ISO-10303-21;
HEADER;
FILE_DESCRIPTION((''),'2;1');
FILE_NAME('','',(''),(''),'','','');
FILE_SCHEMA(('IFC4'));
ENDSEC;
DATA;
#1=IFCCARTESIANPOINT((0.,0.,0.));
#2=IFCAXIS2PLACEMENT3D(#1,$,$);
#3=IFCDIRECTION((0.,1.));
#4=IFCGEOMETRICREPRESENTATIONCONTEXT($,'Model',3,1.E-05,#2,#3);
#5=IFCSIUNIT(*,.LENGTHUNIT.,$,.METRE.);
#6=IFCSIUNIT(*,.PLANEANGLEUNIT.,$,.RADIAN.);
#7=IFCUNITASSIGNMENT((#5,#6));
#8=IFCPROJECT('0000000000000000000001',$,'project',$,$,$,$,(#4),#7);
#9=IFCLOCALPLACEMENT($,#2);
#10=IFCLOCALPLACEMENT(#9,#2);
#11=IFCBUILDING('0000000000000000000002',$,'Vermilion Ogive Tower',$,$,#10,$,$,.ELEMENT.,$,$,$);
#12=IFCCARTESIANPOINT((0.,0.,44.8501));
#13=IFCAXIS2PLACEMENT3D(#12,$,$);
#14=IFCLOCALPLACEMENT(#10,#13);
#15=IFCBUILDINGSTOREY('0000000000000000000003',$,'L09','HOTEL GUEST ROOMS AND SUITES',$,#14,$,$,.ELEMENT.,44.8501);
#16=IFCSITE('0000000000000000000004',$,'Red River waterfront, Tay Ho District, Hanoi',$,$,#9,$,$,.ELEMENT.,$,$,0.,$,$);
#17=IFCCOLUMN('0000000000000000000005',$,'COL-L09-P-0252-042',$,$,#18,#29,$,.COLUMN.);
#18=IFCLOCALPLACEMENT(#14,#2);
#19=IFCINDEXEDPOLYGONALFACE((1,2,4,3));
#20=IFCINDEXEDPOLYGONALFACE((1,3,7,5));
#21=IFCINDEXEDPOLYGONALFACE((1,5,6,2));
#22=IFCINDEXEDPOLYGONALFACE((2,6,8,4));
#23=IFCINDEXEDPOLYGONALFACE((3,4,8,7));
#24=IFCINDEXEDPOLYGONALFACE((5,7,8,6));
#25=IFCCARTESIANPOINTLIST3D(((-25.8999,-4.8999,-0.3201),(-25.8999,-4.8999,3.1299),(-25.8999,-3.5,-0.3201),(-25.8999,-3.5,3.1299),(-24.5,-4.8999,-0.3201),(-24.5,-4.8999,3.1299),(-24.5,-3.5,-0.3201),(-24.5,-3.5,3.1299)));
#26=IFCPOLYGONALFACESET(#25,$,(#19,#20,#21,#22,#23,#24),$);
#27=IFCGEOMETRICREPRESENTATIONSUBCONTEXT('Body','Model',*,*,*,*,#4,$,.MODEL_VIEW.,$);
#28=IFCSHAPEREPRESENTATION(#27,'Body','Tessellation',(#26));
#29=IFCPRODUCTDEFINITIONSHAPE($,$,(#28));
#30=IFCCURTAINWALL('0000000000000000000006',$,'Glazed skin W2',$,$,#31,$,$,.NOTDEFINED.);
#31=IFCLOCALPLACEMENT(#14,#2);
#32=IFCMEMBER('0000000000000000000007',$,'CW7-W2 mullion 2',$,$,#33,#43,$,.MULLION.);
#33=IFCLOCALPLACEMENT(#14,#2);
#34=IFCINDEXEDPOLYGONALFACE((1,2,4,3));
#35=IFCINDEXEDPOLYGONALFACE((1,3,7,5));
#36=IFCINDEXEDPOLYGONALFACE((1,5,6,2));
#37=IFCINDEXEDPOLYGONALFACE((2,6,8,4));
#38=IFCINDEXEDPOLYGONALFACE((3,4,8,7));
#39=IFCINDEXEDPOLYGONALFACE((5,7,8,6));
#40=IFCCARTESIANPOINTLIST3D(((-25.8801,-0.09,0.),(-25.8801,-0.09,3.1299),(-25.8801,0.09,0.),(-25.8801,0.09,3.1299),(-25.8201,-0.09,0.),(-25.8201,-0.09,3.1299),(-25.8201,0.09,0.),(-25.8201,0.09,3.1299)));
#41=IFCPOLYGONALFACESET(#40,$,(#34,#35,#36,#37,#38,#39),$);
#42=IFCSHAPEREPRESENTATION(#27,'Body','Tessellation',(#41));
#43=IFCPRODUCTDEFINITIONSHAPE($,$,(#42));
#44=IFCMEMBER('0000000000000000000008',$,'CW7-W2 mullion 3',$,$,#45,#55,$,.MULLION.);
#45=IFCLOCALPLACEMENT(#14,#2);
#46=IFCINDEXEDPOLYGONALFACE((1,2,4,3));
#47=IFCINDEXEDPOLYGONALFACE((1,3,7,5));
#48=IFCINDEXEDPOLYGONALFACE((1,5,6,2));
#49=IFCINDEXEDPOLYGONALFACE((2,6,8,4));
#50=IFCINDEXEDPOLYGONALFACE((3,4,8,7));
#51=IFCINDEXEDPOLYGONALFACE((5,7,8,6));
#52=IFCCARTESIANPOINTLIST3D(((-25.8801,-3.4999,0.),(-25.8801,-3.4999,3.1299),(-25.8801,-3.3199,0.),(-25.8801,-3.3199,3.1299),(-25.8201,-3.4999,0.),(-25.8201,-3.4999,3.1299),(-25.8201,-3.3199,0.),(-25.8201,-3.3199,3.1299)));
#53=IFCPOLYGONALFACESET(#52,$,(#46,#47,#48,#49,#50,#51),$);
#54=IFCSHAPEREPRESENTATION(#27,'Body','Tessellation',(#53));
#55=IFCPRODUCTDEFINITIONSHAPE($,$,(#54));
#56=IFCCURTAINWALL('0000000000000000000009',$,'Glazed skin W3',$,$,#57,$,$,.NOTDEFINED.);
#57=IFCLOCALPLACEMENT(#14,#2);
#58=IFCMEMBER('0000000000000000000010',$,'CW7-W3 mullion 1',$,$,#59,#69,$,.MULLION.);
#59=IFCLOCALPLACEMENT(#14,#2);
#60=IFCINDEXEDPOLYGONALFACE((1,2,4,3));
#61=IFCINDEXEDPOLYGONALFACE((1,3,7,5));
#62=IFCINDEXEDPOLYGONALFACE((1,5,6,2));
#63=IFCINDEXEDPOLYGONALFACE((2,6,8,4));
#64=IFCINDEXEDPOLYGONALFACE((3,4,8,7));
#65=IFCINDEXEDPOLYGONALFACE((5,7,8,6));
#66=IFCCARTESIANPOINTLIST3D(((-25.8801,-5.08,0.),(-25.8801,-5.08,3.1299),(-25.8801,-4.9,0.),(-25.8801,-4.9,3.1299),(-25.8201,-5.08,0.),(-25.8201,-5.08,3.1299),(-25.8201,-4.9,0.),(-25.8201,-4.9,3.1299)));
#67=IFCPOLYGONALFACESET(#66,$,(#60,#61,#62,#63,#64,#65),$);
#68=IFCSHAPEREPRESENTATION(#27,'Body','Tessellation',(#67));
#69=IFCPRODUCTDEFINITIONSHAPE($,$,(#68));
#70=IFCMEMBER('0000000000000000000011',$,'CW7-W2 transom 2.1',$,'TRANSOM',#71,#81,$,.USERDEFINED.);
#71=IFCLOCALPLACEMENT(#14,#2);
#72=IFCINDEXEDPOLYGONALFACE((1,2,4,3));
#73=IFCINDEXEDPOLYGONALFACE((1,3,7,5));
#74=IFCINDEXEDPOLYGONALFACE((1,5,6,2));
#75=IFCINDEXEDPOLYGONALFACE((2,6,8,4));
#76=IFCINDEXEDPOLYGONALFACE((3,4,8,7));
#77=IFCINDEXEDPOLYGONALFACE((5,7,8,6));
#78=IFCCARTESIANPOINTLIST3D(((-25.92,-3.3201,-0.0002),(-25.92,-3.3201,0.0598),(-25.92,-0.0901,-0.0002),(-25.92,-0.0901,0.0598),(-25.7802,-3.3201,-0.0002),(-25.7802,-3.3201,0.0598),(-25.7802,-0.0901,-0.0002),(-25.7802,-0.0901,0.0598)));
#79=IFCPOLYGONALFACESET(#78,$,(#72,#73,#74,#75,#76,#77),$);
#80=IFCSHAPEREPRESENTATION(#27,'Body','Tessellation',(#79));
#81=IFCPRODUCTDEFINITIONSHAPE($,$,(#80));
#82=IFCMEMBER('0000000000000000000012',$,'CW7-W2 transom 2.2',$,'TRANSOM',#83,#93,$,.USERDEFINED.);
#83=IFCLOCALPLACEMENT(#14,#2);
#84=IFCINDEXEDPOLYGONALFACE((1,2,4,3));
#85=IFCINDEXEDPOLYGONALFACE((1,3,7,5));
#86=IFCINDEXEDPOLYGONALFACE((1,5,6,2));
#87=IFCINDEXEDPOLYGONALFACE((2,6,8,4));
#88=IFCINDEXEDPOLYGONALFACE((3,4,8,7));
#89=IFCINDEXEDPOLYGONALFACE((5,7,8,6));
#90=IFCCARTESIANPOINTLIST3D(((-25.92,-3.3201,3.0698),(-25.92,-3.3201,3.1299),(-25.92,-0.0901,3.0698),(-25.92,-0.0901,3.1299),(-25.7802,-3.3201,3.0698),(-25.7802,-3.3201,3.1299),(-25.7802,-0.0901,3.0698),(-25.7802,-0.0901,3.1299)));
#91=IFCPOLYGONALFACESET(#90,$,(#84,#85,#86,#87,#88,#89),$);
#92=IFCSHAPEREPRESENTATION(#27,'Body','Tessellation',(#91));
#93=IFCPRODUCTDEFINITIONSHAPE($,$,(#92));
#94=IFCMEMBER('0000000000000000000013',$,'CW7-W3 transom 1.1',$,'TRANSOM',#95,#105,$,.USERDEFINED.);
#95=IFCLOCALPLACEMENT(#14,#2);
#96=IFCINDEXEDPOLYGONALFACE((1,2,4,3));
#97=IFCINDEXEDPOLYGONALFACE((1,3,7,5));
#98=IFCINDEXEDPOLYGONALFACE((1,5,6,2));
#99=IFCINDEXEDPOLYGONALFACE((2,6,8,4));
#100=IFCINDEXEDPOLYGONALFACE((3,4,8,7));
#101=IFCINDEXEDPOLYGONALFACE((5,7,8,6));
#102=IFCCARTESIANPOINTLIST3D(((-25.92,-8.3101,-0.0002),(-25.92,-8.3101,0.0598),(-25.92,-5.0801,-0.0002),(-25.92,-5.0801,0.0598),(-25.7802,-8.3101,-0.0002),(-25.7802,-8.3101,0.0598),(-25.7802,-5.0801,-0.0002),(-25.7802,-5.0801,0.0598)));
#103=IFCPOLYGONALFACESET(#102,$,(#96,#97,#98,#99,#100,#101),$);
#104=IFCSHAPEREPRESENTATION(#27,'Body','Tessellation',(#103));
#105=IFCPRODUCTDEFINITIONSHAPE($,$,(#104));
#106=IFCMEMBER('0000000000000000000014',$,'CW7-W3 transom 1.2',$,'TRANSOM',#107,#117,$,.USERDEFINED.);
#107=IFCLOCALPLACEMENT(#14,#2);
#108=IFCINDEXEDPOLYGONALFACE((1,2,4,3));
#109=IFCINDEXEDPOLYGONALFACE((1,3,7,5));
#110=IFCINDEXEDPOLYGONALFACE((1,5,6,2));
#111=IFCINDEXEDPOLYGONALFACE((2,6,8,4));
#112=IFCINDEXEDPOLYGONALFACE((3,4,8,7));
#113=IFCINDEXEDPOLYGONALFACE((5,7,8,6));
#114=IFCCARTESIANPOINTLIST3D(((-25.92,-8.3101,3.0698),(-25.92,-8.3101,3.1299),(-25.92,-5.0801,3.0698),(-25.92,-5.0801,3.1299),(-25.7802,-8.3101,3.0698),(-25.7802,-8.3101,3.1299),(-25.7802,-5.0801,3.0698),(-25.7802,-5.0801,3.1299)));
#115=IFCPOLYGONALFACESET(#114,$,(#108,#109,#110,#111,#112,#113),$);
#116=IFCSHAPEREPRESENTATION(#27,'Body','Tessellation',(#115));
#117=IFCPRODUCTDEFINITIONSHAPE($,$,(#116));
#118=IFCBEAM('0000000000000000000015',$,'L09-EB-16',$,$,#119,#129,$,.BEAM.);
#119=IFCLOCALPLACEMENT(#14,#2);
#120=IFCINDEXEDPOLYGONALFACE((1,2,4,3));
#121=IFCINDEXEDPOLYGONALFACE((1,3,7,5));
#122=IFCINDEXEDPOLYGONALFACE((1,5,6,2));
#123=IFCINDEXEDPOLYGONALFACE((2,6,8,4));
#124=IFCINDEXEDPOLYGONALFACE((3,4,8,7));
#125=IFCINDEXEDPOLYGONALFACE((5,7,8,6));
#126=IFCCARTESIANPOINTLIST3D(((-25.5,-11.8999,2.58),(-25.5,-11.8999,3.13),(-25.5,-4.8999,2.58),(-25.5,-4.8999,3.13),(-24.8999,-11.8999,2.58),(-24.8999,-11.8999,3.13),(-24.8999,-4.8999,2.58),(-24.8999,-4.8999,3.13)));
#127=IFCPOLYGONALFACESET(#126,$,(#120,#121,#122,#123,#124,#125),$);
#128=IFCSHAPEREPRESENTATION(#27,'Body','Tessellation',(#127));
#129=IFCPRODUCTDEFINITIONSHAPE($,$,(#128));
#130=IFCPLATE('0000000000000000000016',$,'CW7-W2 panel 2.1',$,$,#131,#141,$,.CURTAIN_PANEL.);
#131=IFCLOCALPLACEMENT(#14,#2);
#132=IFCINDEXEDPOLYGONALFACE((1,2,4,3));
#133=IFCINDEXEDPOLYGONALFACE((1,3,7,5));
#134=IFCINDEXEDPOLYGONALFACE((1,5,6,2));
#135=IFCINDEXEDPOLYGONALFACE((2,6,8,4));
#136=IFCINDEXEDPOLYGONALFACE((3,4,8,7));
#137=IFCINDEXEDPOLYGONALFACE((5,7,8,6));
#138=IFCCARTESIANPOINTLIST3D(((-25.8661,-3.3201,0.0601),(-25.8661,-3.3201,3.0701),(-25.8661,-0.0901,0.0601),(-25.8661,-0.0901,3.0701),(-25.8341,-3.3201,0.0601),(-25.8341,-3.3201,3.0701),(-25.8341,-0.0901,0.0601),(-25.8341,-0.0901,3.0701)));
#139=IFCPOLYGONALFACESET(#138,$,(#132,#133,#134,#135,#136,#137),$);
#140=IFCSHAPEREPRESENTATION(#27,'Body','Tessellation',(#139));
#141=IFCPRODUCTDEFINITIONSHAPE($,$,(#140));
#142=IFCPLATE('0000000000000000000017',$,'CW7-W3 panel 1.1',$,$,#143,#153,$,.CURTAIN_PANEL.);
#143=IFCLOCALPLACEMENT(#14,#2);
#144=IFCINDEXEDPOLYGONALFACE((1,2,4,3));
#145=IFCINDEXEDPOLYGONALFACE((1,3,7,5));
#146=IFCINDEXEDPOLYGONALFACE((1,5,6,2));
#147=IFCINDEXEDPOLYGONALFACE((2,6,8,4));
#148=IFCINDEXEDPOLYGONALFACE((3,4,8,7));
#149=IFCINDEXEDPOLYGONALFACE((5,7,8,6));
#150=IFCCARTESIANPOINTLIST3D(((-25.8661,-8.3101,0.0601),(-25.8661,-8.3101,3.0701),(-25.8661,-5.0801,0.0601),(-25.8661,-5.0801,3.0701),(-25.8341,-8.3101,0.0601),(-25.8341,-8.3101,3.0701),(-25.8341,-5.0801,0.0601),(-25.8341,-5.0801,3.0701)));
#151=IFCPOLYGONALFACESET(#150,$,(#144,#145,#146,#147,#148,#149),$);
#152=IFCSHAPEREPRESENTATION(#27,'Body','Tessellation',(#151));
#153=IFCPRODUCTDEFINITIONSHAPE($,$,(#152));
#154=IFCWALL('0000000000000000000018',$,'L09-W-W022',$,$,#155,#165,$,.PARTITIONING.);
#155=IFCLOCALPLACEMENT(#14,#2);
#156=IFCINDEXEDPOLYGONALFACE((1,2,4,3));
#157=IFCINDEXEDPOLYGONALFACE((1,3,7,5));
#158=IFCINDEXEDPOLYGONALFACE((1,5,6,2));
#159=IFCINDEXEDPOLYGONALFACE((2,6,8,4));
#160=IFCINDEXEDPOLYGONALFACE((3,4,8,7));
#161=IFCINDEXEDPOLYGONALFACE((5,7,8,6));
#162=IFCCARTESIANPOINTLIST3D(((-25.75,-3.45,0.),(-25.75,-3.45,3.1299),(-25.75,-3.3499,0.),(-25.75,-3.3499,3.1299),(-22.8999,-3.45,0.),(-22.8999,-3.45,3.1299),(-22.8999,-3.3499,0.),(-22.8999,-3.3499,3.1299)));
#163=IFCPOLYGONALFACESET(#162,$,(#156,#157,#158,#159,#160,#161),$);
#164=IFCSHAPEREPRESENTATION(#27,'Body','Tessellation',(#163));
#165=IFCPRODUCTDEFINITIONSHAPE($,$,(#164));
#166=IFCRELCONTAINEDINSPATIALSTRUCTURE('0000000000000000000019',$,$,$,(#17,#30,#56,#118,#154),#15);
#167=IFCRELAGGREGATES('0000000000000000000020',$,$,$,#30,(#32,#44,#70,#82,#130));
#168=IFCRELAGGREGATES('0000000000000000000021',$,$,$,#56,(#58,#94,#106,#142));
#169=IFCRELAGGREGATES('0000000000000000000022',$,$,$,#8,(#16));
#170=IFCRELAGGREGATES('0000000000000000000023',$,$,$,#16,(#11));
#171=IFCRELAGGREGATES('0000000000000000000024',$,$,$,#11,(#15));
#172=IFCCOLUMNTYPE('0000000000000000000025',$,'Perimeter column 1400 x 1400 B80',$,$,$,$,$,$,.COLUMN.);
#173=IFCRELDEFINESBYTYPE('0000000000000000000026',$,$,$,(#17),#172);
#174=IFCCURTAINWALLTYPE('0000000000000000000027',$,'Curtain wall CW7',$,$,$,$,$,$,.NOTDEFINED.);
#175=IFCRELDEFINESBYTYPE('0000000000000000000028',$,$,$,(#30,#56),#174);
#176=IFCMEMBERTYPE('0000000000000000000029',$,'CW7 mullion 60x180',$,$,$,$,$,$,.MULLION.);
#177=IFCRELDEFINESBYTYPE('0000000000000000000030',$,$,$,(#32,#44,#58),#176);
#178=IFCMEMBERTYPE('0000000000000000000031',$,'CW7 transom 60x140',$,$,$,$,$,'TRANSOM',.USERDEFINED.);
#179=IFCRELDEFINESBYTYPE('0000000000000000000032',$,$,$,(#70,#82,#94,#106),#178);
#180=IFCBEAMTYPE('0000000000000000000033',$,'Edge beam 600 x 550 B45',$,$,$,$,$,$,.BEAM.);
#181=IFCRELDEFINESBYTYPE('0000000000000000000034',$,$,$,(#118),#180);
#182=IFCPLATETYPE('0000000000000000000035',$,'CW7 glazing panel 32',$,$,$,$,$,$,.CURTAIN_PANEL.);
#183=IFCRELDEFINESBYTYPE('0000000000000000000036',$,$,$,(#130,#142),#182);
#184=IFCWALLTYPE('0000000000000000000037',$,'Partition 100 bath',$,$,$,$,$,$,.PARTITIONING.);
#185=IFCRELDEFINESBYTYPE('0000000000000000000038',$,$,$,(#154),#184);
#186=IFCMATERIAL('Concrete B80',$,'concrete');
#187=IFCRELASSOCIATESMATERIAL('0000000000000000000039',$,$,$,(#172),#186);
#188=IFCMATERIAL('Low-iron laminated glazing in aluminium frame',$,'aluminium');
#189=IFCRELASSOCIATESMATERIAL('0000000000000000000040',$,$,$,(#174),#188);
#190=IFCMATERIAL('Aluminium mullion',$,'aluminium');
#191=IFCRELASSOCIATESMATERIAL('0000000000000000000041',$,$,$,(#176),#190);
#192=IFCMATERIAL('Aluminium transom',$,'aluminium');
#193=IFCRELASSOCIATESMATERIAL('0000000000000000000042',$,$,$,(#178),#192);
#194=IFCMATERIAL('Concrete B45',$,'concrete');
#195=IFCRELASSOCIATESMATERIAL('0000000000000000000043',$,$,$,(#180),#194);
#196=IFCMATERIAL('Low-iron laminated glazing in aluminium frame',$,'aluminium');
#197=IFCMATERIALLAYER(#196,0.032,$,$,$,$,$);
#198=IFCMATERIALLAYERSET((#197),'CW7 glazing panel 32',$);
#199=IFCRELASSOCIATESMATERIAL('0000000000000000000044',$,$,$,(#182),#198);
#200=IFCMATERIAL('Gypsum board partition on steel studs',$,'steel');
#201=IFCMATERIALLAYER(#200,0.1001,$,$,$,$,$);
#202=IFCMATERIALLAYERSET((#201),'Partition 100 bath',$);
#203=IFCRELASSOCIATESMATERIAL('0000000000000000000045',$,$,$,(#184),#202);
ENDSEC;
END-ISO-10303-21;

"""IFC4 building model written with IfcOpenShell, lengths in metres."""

from ifc_helpers import new_model, si_unit, direction, frame, frame_2d, origin, origin_2d, place, context, subcontext, project, spatial, rectangle, extrude, material, layer, layer_set, material_profile, profile_set, type_object, element, aggregate, save


model = new_model("IFC4")

# Units and contexts
model_context = context("Model", 3, precision=1e-05, world=origin(), true_north=direction((0.0, 1.0)))
body_context = subcontext(model_context, "Body", "Model", "MODEL_VIEW")
ifc_project = project(units=[si_unit("LENGTHUNIT", "METRE"), si_unit("PLANEANGLEUNIT", "RADIAN")], contexts=[model_context])

# Site, building, storey
site_placement = place(None, origin())
site = spatial("IfcSite", under=ifc_project, at=site_placement, Name="Red River waterfront, Tay Ho District, Hanoi", CompositionType="ELEMENT", RefElevation=0.0)
building_placement = place(site_placement, origin())
building = spatial("IfcBuilding", under=site, at=building_placement, Name="Vermilion Ogive Tower", CompositionType="ELEMENT")
storey_placement = place(building_placement, frame((0.0, 0.0, 44.8501)))
storey = spatial("IfcBuildingStorey", under=building, at=storey_placement, Name="L09", Description="HOTEL GUEST ROOMS AND SUITES", CompositionType="ELEMENT", Elevation=44.8501)

# Column
ifc_material_1 = material(Name="Concrete B80", Category="concrete")
ifc_material_profile_1 = material_profile(ifc_material_1, rectangle(XDim=1.3999, YDim=1.3999, at=origin_2d()), Name="1400 x 1400")
ifc_profile_set_1 = profile_set([ifc_material_profile_1], Name="Concrete B80")
column_type = type_object("IfcColumnType", Name="Perimeter column 1400 x 1400 B80", PredefinedType="COLUMN", material=ifc_profile_set_1)
column_placement = place(storey_placement, frame((-25.2, -4.2, -0.3201), z_axis=(0.0, 0.0, 1.0), x_axis=(1.0, 0.0, 0.0)))
element("IfcColumn", 1, at=column_placement, inside=storey, type_object=column_type, Name="COL-L09-P-0252-042", PredefinedType="COLUMN", context=body_context, shape_type="SweptSolid", body=[
    extrude(rectangle(XDim=1.3999, YDim=1.3999, at=origin_2d()), origin(), (0.0, 0.0, 1.0), 3.45),
])

# Curtain wall, members
ifc_material_2 = material(Name="Low-iron laminated glazing in aluminium frame", Category="aluminium")
curtain_wall_type = type_object("IfcCurtainWallType", Name="Curtain wall CW7", PredefinedType="NOTDEFINED", material=ifc_material_2)
curtain_wall_1_placement = place(storey_placement, origin())
curtain_wall_1 = element("IfcCurtainWall", 2, at=curtain_wall_1_placement, inside=storey, type_object=curtain_wall_type, Name="Glazed skin W2", PredefinedType="NOTDEFINED")
ifc_material_3 = material(Name="Aluminium mullion", Category="aluminium")
ifc_material_profile_2 = material_profile(ifc_material_3, rectangle(XDim=0.0601, YDim=0.1799, at=origin_2d()), Name="AL 60x180")
ifc_profile_set_2 = profile_set([ifc_material_profile_2], Name="Aluminium mullion")
member_type_1 = type_object("IfcMemberType", Name="CW7 mullion 60x180", PredefinedType="MULLION", material=ifc_profile_set_2)
member_1_placement = place(storey_placement, frame((-25.8501, 0.0, 0.0), z_axis=(0.0, 0.0, 1.0), x_axis=(1.0, 0.0, 0.0)))
member_1 = element("IfcMember", 3, at=member_1_placement, type_object=member_type_1, Name="CW7-W2 mullion 2", PredefinedType="MULLION", context=body_context, shape_type="SweptSolid", body=[
    extrude(rectangle(XDim=0.0601, YDim=0.1799, at=origin_2d()), origin(), (0.0, 0.0, 1.0), 3.1299),
])
member_2_placement = place(storey_placement, frame((-25.8501, -3.4099, 0.0), z_axis=(0.0, 0.0, 1.0), x_axis=(1.0, 0.0, 0.0)))
member_2 = element("IfcMember", 4, at=member_2_placement, type_object=member_type_1, Name="CW7-W2 mullion 3", PredefinedType="MULLION", context=body_context, shape_type="SweptSolid", body=[
    extrude(rectangle(XDim=0.0601, YDim=0.1799, at=origin_2d()), origin(), (0.0, 0.0, 1.0), 3.1299),
])

# Curtain wall, member
curtain_wall_2_placement = place(storey_placement, origin())
curtain_wall_2 = element("IfcCurtainWall", 5, at=curtain_wall_2_placement, inside=storey, type_object=curtain_wall_type, Name="Glazed skin W3", PredefinedType="NOTDEFINED")
member_3_placement = place(storey_placement, frame((-25.8501, -4.99, 0.0), z_axis=(0.0, 0.0, 1.0), x_axis=(1.0, 0.0, 0.0)))
member_3 = element("IfcMember", 6, at=member_3_placement, type_object=member_type_1, Name="CW7-W3 mullion 1", PredefinedType="MULLION", context=body_context, shape_type="SweptSolid", body=[
    extrude(rectangle(XDim=0.0601, YDim=0.1799, at=origin_2d()), origin(), (0.0, 0.0, 1.0), 3.1299),
])

# Members
ifc_material_4 = material(Name="Aluminium transom", Category="aluminium")
ifc_material_profile_3 = material_profile(ifc_material_4, rectangle(XDim=0.1399, YDim=0.0601, at=origin_2d()), Name="AL 60x140")
ifc_profile_set_3 = profile_set([ifc_material_profile_3], Name="Aluminium transom")
member_type_2 = type_object("IfcMemberType", Name="CW7 transom 60x140", ElementType="TRANSOM", PredefinedType="USERDEFINED", material=ifc_profile_set_3)
member_4_placement = place(storey_placement, frame((-25.8501, -0.0901, 0.0298), z_axis=(0.0, -1.0, 0.0), x_axis=(1.0, 0.0, 0.0)))
member_4 = element("IfcMember", 7, at=member_4_placement, type_object=member_type_2, Name="CW7-W2 transom 2.1", ObjectType="TRANSOM", PredefinedType="USERDEFINED", context=body_context, shape_type="SweptSolid", body=[
    extrude(rectangle(XDim=0.1399, YDim=0.0601, at=origin_2d()), origin(), (0.0, 0.0, 1.0), 3.23),
])
member_5_placement = place(storey_placement, frame((-25.8501, -0.0901, 3.0999), z_axis=(0.0, -1.0, 0.0), x_axis=(1.0, 0.0, 0.0)))
member_5 = element("IfcMember", 8, at=member_5_placement, type_object=member_type_2, Name="CW7-W2 transom 2.2", ObjectType="TRANSOM", PredefinedType="USERDEFINED", context=body_context, shape_type="SweptSolid", body=[
    extrude(rectangle(XDim=0.1399, YDim=0.0601, at=origin_2d()), origin(), (0.0, 0.0, 1.0), 3.23),
])
member_6_placement = place(storey_placement, frame((-25.8501, -5.0801, 0.0298), z_axis=(0.0, -1.0, 0.0), x_axis=(1.0, 0.0, 0.0)))
member_6 = element("IfcMember", 9, at=member_6_placement, type_object=member_type_2, Name="CW7-W3 transom 1.1", ObjectType="TRANSOM", PredefinedType="USERDEFINED", context=body_context, shape_type="SweptSolid", body=[
    extrude(rectangle(XDim=0.1399, YDim=0.0601, at=origin_2d()), origin(), (0.0, 0.0, 1.0), 3.23),
])
member_7_placement = place(storey_placement, frame((-25.8501, -5.0801, 3.0999), z_axis=(0.0, -1.0, 0.0), x_axis=(1.0, 0.0, 0.0)))
member_7 = element("IfcMember", 10, at=member_7_placement, type_object=member_type_2, Name="CW7-W3 transom 1.2", ObjectType="TRANSOM", PredefinedType="USERDEFINED", context=body_context, shape_type="SweptSolid", body=[
    extrude(rectangle(XDim=0.1399, YDim=0.0601, at=origin_2d()), origin(), (0.0, 0.0, 1.0), 3.23),
])

# Beam
ifc_material_5 = material(Name="Concrete B45", Category="concrete")
ifc_material_profile_4 = material_profile(ifc_material_5, rectangle(XDim=0.6001, YDim=0.55, at=origin_2d()), Name="600 x 550")
ifc_profile_set_4 = profile_set([ifc_material_profile_4], Name="Concrete B45")
beam_type = type_object("IfcBeamType", Name="Edge beam 600 x 550 B45", PredefinedType="BEAM", material=ifc_profile_set_4)
beam_placement = place(storey_placement, frame((-25.2, -4.8999, 2.855), z_axis=(0.0, -1.0, 0.0), x_axis=(1.0, 0.0, 0.0)))
element("IfcBeam", 11, at=beam_placement, inside=storey, type_object=beam_type, Name="L09-EB-16", PredefinedType="BEAM", context=body_context, shape_type="SweptSolid", body=[
    extrude(rectangle(XDim=0.6001, YDim=0.55, at=origin_2d()), origin(), (0.0, 0.0, 1.0), 7.0),
])

# Plates
ifc_material_6 = material(Name="Low-iron laminated glazing in aluminium frame", Category="aluminium")
ifc_layer_1 = layer(ifc_material_6, 0.032)
ifc_layer_set_1 = layer_set([ifc_layer_1], Name="CW7 glazing panel 32")
plate_type = type_object("IfcPlateType", Name="CW7 glazing panel 32", PredefinedType="CURTAIN_PANEL", material=ifc_layer_set_1)
plate_1_placement = place(storey_placement, frame((-25.8501, -1.7051, 0.0601), z_axis=(0.0, 0.0, 1.0), x_axis=(0.0, -1.0, 0.0)))
plate_1 = element("IfcPlate", 12, at=plate_1_placement, type_object=plate_type, Name="CW7-W2 panel 2.1", PredefinedType="CURTAIN_PANEL", context=body_context, shape_type="SweptSolid", body=[
    extrude(rectangle(XDim=3.23, YDim=0.032, at=origin_2d()), origin(), (0.0, 0.0, 1.0), 3.01),
])
aggregate(curtain_wall_1, [member_1, member_2, member_4, member_5, plate_1])
plate_2_placement = place(storey_placement, frame((-25.8501, -6.6951, 0.0601), z_axis=(0.0, 0.0, 1.0), x_axis=(0.0, -1.0, 0.0)))
plate_2 = element("IfcPlate", 13, at=plate_2_placement, type_object=plate_type, Name="CW7-W3 panel 1.1", PredefinedType="CURTAIN_PANEL", context=body_context, shape_type="SweptSolid", body=[
    extrude(rectangle(XDim=3.23, YDim=0.032, at=origin_2d()), origin(), (0.0, 0.0, 1.0), 3.01),
])
aggregate(curtain_wall_2, [member_3, member_6, member_7, plate_2])

# Wall
ifc_material_7 = material(Name="Gypsum board partition on steel studs", Category="steel")
ifc_layer_2 = layer(ifc_material_7, 0.1001)
ifc_layer_set_2 = layer_set([ifc_layer_2], Name="Partition 100 bath")
wall_type_1 = type_object("IfcWallType", Name="Partition 100 bath", PredefinedType="PARTITIONING", material=ifc_layer_set_2)
wall_1_placement = place(storey_placement, frame((-25.75, -3.3999, 0.0), z_axis=(0.0, 0.0, 1.0), x_axis=(1.0, 0.0, 0.0)))
element("IfcWall", 14, at=wall_1_placement, inside=storey, type_object=wall_type_1, Name="L09-W-W022", PredefinedType="PARTITIONING", context=body_context, shape_type="SweptSolid", body=[
    extrude(rectangle(XDim=2.8501, YDim=0.1001, at=frame_2d((1.425, 0.0))), origin(), (0.0, 0.0, 1.0), 3.1299),
])

save(model, "model.ifc")
